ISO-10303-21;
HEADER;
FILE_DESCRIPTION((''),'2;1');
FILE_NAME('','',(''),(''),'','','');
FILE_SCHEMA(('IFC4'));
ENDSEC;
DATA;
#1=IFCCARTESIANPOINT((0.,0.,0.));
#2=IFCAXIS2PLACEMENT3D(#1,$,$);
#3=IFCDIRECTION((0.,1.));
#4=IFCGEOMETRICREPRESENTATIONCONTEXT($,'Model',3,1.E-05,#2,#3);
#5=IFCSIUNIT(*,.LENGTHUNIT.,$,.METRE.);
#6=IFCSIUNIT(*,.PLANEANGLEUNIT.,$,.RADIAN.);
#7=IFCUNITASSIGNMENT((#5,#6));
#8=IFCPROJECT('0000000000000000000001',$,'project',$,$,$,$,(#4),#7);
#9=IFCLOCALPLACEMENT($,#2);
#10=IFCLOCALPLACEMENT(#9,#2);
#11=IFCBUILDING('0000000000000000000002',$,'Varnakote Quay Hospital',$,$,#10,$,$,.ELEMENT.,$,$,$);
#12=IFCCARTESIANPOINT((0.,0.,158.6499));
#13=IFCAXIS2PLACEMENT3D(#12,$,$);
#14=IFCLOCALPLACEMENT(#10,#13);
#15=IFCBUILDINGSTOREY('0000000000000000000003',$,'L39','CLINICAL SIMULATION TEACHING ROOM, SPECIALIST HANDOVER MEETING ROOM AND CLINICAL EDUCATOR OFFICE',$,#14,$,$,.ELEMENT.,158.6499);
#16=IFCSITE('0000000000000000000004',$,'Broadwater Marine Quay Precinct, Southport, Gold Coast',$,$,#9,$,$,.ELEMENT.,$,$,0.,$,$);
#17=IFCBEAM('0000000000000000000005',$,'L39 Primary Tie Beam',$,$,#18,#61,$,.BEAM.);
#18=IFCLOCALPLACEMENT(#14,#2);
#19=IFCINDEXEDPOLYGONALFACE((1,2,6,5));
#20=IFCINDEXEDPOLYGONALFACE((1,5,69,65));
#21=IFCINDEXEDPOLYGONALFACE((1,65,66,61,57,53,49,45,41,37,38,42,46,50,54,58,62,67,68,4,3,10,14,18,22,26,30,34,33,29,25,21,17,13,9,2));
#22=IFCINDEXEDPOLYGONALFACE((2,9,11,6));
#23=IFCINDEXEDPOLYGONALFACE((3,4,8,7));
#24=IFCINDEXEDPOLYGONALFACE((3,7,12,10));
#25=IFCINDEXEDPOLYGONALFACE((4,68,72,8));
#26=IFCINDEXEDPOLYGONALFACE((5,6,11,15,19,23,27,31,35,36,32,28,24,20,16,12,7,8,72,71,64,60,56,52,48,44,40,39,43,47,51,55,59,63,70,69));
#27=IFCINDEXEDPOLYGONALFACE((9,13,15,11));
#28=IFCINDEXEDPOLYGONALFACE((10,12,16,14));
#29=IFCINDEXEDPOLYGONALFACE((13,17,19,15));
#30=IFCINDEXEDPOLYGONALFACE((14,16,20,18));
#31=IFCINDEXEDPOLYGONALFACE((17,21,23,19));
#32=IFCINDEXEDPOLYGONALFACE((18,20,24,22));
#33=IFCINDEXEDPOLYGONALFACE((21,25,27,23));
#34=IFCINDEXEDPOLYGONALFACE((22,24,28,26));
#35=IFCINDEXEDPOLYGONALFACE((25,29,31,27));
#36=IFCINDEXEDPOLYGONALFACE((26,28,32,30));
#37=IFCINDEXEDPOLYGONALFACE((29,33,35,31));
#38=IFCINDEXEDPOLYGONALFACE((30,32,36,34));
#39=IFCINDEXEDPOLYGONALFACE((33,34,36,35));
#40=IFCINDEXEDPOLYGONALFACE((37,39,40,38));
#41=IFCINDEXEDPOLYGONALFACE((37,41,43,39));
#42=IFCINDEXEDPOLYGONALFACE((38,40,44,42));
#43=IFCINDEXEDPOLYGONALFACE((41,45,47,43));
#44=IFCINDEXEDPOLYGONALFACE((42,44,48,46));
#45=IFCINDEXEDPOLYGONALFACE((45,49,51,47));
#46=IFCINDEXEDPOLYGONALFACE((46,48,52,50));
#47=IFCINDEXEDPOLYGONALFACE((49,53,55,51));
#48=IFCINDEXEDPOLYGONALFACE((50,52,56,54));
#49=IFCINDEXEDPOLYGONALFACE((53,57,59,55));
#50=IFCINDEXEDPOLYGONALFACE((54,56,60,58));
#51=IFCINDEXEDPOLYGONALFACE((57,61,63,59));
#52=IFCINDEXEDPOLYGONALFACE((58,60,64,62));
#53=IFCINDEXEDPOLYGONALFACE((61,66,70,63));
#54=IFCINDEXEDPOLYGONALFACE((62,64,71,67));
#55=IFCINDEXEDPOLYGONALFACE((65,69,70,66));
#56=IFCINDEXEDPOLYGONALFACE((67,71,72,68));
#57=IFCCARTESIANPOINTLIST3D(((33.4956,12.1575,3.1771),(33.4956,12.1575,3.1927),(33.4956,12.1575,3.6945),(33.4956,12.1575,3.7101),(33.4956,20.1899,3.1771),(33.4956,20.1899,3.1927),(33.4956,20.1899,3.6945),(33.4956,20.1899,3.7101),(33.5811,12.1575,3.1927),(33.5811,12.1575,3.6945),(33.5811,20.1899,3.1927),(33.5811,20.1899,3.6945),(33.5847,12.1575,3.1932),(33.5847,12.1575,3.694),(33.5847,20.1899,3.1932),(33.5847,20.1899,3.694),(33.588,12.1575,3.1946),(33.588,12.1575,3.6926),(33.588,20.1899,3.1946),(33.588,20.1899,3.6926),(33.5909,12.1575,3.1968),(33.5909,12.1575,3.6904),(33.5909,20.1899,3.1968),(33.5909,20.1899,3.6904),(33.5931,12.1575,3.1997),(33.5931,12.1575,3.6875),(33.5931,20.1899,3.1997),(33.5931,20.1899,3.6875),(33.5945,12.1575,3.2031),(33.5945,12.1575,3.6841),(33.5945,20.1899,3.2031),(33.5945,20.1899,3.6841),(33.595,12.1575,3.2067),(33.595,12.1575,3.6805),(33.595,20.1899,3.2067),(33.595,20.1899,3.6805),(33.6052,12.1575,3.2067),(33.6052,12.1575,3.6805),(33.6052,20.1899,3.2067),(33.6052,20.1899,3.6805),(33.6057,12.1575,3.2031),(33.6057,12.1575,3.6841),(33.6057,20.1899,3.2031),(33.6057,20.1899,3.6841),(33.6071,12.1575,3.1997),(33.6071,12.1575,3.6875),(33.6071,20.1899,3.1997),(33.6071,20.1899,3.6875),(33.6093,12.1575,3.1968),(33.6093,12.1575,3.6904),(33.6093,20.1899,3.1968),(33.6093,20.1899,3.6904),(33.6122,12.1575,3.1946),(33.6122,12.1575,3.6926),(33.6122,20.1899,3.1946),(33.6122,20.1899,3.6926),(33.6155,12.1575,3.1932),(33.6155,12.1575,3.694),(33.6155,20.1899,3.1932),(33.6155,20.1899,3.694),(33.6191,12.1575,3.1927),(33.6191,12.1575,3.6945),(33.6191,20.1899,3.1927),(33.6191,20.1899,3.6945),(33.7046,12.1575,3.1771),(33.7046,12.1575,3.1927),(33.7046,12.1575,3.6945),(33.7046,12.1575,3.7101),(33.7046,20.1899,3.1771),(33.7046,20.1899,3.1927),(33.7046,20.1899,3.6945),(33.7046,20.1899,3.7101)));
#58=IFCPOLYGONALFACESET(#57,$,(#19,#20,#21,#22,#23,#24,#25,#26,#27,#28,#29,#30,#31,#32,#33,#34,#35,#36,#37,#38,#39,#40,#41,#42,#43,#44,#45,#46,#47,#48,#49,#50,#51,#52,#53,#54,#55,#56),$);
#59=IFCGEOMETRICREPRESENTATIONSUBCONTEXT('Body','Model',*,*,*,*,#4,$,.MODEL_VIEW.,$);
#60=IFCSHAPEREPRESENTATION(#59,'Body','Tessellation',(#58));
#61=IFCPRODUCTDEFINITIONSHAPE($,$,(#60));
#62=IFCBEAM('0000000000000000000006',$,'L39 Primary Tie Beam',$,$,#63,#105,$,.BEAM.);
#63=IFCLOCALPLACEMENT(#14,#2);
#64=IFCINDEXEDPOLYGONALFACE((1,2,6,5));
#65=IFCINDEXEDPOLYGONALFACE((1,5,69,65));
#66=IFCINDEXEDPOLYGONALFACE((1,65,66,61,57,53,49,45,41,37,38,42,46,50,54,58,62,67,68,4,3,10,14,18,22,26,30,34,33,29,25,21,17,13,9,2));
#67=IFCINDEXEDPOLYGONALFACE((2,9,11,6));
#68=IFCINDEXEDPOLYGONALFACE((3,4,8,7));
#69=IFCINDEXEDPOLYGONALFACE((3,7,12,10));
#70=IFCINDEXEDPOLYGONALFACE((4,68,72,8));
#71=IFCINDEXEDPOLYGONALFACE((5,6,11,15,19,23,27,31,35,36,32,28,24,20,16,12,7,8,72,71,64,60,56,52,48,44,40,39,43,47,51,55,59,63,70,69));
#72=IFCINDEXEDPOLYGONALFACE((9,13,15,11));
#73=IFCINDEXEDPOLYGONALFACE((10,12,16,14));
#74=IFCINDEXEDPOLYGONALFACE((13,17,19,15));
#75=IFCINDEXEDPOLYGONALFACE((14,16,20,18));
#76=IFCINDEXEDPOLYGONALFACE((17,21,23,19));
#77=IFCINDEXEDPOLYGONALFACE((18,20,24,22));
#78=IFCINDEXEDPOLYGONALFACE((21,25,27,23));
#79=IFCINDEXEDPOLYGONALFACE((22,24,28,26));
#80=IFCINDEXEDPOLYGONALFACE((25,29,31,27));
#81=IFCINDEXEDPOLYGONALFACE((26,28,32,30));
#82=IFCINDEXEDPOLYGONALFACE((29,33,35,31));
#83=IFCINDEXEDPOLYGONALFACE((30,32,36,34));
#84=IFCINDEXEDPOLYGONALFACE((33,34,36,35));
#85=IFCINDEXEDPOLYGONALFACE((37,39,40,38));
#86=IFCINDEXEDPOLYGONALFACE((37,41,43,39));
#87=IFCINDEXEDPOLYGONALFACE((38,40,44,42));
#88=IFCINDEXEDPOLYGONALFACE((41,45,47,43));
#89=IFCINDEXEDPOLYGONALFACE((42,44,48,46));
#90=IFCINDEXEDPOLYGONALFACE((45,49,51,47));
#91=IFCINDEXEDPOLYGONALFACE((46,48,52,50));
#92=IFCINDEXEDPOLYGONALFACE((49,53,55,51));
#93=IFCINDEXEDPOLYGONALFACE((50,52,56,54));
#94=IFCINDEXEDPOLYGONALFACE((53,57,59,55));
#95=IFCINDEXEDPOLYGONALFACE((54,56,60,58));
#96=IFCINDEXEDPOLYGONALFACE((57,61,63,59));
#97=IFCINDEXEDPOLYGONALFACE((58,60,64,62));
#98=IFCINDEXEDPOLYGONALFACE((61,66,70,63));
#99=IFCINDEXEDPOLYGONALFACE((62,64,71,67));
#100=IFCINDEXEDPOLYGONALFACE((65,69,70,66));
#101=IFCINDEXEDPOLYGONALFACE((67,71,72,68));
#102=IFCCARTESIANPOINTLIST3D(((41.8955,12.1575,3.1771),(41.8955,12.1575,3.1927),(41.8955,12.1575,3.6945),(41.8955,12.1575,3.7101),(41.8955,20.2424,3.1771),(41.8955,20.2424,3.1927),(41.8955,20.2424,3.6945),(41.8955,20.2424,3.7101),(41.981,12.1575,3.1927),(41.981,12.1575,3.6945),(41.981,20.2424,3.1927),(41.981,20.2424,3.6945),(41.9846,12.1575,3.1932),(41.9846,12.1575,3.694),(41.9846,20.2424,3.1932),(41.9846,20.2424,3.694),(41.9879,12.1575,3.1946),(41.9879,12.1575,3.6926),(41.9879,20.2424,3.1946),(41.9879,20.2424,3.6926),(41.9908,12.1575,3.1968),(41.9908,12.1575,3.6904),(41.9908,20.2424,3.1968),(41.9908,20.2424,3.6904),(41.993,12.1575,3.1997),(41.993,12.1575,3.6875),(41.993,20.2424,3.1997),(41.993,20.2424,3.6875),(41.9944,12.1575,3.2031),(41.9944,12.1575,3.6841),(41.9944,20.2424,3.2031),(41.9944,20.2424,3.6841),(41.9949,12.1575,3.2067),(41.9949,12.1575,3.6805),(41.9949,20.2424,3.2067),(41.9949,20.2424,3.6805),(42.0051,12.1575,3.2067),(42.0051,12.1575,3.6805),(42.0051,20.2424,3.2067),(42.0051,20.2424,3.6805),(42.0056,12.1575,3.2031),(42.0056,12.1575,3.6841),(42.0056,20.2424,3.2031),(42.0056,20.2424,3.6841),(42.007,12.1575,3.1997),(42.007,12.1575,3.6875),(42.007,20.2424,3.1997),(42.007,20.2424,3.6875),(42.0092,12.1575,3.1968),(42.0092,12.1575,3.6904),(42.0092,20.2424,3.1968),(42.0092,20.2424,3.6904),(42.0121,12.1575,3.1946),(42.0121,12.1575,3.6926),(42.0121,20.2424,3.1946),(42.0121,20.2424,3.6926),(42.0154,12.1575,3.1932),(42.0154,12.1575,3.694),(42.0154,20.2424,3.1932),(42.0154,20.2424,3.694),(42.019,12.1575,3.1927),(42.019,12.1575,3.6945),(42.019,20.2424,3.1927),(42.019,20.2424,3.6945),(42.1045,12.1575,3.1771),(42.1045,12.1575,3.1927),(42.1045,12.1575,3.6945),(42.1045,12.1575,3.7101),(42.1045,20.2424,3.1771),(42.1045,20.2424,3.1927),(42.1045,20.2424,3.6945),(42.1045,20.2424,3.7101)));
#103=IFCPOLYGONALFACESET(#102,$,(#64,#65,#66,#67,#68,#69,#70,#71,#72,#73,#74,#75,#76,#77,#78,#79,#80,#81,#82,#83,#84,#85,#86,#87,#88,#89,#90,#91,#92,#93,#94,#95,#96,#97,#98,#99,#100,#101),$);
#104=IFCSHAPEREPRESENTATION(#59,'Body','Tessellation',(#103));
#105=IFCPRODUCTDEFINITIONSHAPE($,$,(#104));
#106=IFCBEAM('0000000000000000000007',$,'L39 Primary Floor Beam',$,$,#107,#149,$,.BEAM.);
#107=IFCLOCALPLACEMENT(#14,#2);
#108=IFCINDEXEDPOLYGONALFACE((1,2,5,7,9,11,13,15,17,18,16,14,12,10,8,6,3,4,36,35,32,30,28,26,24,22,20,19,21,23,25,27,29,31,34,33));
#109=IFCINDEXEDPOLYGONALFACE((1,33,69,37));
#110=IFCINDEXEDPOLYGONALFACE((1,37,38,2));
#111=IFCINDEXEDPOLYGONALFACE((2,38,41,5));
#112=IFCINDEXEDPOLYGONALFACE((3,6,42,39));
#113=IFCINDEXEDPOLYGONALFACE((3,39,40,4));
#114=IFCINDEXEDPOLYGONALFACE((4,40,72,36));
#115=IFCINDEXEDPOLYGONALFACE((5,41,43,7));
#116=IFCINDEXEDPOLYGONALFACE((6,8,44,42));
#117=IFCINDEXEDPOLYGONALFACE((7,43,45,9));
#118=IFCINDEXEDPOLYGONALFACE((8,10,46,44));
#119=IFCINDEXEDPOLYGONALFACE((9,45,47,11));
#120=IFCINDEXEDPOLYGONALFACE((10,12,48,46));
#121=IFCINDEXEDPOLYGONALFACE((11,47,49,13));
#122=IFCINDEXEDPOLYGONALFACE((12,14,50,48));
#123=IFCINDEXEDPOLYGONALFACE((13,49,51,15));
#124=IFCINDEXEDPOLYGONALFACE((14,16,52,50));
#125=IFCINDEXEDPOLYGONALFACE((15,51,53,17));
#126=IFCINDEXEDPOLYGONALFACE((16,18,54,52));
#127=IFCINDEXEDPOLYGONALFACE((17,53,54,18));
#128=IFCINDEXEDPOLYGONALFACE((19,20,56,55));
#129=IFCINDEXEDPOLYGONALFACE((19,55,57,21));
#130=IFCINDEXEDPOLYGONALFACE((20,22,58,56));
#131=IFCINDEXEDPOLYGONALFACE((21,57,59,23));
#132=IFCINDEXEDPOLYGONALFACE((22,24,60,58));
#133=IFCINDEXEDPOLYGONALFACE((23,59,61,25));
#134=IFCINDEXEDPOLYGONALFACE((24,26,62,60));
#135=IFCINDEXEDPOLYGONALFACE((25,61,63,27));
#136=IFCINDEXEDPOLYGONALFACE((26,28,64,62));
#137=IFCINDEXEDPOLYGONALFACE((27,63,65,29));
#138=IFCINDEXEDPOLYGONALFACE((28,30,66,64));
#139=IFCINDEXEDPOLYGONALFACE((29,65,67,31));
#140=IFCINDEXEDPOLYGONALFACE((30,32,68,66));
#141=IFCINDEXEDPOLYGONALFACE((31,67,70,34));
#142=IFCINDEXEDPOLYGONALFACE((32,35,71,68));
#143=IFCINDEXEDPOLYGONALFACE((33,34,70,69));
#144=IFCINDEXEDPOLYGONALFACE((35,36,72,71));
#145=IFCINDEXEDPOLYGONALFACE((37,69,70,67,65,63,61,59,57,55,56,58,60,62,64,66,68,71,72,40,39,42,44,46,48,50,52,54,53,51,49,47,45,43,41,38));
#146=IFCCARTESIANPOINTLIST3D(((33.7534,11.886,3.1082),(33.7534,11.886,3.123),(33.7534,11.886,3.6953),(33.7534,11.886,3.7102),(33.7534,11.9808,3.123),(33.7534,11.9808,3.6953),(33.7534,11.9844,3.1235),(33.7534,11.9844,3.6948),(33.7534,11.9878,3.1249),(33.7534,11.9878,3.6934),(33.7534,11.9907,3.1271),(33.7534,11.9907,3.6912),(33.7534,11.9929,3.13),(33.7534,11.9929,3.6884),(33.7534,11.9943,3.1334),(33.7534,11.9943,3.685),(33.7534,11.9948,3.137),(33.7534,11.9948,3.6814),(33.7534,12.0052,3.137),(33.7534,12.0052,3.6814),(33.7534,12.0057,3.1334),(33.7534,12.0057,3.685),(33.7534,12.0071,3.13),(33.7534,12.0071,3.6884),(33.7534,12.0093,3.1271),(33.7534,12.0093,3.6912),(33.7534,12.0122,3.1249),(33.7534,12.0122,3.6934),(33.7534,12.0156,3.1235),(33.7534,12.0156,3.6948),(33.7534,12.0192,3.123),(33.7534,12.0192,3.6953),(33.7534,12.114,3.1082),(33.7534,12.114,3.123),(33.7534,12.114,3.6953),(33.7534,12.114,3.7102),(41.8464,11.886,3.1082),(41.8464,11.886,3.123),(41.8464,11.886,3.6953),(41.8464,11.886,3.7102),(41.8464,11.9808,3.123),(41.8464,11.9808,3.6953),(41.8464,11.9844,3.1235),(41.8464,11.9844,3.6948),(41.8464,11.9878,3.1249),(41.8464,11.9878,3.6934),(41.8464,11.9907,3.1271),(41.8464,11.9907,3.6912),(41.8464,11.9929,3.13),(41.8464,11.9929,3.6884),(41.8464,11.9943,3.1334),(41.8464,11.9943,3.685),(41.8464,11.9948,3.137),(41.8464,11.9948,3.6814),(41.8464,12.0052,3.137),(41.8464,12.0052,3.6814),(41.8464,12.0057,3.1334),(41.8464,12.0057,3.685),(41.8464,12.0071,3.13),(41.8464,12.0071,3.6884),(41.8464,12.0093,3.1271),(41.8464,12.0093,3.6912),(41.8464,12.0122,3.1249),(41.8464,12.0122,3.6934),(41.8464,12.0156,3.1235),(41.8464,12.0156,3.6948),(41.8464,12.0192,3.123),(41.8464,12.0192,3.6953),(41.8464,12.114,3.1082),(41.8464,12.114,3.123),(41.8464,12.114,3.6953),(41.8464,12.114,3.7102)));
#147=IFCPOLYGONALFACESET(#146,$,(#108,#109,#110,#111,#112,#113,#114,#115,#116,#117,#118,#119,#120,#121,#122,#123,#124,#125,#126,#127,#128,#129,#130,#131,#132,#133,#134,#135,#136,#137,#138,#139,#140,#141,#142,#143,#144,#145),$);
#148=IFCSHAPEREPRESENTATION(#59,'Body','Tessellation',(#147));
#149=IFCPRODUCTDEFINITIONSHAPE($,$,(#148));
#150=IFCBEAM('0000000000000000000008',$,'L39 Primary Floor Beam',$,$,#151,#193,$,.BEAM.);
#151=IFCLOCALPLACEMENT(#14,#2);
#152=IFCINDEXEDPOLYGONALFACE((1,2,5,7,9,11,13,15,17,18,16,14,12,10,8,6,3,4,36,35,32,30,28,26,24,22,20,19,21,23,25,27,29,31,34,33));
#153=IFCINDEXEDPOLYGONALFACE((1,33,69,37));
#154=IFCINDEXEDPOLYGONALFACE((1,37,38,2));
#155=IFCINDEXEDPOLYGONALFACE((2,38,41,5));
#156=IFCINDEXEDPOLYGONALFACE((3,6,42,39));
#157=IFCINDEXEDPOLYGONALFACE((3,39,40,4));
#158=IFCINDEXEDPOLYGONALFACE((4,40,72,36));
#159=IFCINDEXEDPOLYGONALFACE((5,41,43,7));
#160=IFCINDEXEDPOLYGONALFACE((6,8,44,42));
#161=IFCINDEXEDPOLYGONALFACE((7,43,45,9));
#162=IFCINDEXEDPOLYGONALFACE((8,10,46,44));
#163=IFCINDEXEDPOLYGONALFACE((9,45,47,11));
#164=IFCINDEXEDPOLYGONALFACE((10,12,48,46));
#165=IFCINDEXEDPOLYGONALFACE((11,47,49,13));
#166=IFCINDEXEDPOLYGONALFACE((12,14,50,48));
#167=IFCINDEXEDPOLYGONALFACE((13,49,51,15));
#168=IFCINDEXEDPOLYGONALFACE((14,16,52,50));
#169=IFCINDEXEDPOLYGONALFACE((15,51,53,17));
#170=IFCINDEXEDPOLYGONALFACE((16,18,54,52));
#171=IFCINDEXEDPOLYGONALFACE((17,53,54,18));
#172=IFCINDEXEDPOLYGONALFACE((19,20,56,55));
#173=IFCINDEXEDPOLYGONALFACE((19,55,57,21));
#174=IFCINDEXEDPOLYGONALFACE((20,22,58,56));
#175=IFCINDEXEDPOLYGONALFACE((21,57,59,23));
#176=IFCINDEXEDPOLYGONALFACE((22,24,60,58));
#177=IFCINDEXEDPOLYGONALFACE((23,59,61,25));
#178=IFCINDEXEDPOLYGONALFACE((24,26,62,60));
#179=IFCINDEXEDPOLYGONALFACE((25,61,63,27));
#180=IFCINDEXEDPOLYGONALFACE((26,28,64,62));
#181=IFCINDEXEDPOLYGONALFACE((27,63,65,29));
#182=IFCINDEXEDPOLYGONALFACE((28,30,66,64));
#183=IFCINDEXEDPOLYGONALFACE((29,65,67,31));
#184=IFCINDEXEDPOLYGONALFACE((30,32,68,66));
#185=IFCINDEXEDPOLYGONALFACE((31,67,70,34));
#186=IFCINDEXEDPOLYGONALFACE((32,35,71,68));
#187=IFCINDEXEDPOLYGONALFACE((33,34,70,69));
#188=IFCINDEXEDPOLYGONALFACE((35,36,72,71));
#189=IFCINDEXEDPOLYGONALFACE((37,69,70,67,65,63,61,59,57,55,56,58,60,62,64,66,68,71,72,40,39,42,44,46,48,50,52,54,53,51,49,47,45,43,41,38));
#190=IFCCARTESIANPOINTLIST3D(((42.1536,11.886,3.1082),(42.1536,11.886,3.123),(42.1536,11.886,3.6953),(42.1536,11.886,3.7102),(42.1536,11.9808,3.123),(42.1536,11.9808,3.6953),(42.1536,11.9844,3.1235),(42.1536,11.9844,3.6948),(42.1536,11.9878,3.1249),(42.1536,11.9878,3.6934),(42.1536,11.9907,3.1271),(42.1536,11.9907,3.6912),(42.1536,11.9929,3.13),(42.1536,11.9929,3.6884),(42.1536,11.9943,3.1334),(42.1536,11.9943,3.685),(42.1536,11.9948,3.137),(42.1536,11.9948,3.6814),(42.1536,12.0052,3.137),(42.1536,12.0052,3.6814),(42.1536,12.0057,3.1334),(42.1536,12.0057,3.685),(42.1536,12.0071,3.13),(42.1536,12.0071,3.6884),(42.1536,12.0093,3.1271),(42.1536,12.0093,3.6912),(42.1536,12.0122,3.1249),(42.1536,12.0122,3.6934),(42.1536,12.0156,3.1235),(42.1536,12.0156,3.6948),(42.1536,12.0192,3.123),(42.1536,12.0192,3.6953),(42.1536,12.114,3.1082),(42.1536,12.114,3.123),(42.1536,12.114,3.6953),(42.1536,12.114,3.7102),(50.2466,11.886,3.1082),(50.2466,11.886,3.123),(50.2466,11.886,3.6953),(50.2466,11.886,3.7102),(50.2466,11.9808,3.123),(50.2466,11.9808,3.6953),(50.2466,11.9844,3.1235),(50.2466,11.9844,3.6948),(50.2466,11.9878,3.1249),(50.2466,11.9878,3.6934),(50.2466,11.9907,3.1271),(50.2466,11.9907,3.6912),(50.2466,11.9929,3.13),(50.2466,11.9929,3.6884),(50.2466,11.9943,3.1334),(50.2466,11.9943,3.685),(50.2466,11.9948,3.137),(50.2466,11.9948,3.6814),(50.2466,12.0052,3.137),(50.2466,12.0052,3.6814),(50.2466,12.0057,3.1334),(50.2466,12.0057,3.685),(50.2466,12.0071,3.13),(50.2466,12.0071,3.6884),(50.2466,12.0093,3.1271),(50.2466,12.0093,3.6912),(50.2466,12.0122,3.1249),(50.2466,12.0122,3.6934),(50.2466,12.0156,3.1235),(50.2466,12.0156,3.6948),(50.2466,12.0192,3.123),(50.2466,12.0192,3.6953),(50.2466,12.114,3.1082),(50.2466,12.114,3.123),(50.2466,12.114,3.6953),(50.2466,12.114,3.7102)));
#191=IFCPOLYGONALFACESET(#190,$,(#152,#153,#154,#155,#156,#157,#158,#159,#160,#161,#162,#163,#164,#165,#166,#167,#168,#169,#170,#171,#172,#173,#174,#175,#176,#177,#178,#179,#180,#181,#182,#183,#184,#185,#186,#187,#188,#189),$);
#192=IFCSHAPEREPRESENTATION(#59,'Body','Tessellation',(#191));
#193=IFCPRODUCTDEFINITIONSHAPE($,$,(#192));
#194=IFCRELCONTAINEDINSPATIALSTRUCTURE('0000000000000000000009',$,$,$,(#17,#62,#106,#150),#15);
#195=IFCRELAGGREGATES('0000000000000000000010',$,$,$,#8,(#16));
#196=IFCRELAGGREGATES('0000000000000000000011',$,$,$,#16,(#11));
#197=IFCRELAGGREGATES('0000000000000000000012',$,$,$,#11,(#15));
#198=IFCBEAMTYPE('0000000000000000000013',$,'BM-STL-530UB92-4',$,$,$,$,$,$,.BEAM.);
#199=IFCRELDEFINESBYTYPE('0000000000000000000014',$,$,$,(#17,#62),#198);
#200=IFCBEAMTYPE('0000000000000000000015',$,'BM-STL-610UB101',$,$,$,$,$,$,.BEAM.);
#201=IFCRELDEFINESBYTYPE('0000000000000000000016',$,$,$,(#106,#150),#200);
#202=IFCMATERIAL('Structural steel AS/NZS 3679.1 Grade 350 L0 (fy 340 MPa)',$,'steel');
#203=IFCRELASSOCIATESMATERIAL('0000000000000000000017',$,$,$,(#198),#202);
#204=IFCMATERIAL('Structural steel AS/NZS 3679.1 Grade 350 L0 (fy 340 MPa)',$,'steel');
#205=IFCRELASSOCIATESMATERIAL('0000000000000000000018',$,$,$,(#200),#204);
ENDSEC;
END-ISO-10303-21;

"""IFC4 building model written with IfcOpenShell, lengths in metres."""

from ifc_helpers import new_model, si_unit, direction, frame, origin, origin_2d, place, context, subcontext, project, spatial, i_section, extrude, material, material_profile, profile_set, type_object, element, save


model = new_model("IFC4")

# Units and contexts
model_context = context("Model", 3, precision=1e-05, world=origin(), true_north=direction((0.0, 1.0)))
body_context = subcontext(model_context, "Body", "Model", "MODEL_VIEW")
ifc_project = project(units=[si_unit("LENGTHUNIT", "METRE"), si_unit("PLANEANGLEUNIT", "RADIAN")], contexts=[model_context])

# Site, building, storey
site_placement = place(None, origin())
site = spatial("IfcSite", under=ifc_project, at=site_placement, Name="Broadwater Marine Quay Precinct, Southport, Gold Coast", CompositionType="ELEMENT", RefElevation=0.0)
building_placement = place(site_placement, origin())
building = spatial("IfcBuilding", under=site, at=building_placement, Name="Varnakote Quay Hospital", CompositionType="ELEMENT")
storey_placement = place(building_placement, frame((0.0, 0.0, 158.6499)))
storey = spatial("IfcBuildingStorey", under=building, at=storey_placement, Name="L39", Description="CLINICAL SIMULATION TEACHING ROOM, SPECIALIST HANDOVER MEETING ROOM AND CLINICAL EDUCATOR OFFICE", CompositionType="ELEMENT", Elevation=158.6499)

# Beams
ifc_material_1 = material(Name="Structural steel AS/NZS 3679.1 Grade 350 L0 (fy 340 MPa)", Category="steel")
ifc_material_profile_1 = material_profile(ifc_material_1, i_section(OverallWidth=0.209, OverallDepth=0.533, WebThickness=0.0103, FlangeThickness=0.0156, FilletRadius=0.0139, at=origin_2d()), Name="530UB92.4")
ifc_profile_set_1 = profile_set([ifc_material_profile_1], Name="Structural steel AS/NZS 3679.1 Grade 350 L0 (fy 340 MPa)")
beam_type_1 = type_object("IfcBeamType", Name="BM-STL-530UB92-4", PredefinedType="BEAM", material=ifc_profile_set_1)
beam_1_placement = place(storey_placement, frame((33.6001, 12.1575, 3.4436), z_axis=(0.0, 1.0, 0.0), x_axis=(-1.0, 0.0, 0.0)))
element("IfcBeam", 1, at=beam_1_placement, inside=storey, type_object=beam_type_1, Name="L39 Primary Tie Beam", PredefinedType="BEAM", context=body_context, shape_type="SweptSolid", body=[
    extrude(i_section(OverallWidth=0.209, OverallDepth=0.533, WebThickness=0.0103, FlangeThickness=0.0156, FilletRadius=0.0139, at=origin_2d()), origin(), (0.0, 0.0, 1.0), 8.0325),
])
beam_2_placement = place(storey_placement, frame((42.0, 12.1575, 3.4436), z_axis=(0.0, 1.0, 0.0), x_axis=(-1.0, 0.0, 0.0)))
element("IfcBeam", 2, at=beam_2_placement, inside=storey, type_object=beam_type_1, Name="L39 Primary Tie Beam", PredefinedType="BEAM", context=body_context, shape_type="SweptSolid", body=[
    extrude(i_section(OverallWidth=0.209, OverallDepth=0.533, WebThickness=0.0103, FlangeThickness=0.0156, FilletRadius=0.0139, at=origin_2d()), origin(), (0.0, 0.0, 1.0), 8.085),
])
ifc_material_2 = material(Name="Structural steel AS/NZS 3679.1 Grade 350 L0 (fy 340 MPa)", Category="steel")
ifc_material_profile_2 = material_profile(ifc_material_2, i_section(OverallWidth=0.228, OverallDepth=0.6021, WebThickness=0.0105, FlangeThickness=0.0149, FilletRadius=0.0139, at=origin_2d()), Name="610UB101")
ifc_profile_set_2 = profile_set([ifc_material_profile_2], Name="Structural steel AS/NZS 3679.1 Grade 350 L0 (fy 340 MPa)")
beam_type_2 = type_object("IfcBeamType", Name="BM-STL-610UB101", PredefinedType="BEAM", material=ifc_profile_set_2)
for number, where, z_axis, x_axis, name in (
    (3, (33.7534, 12.0, 3.4092), (1.0, 0.0, 0.0), (0.0, 1.0, 0.0), "L39 Primary Floor Beam"),
    (4, (42.1536, 12.0, 3.4092), (1.0, 0.0, 0.0), (0.0, 1.0, 0.0), "L39 Primary Floor Beam"),
):
    element("IfcBeam", number, at=place(storey_placement, frame(where, z_axis=z_axis, x_axis=x_axis)), inside=storey, type_object=beam_type_2, Name=name, PredefinedType="BEAM", context=body_context, shape_type="SweptSolid", body=[
        extrude(i_section(OverallWidth=0.228, OverallDepth=0.6021, WebThickness=0.0105, FlangeThickness=0.0149, FilletRadius=0.0139, at=origin_2d()), origin(), (0.0, 0.0, 1.0), 8.093),
    ])

save(model, "model.ifc")
